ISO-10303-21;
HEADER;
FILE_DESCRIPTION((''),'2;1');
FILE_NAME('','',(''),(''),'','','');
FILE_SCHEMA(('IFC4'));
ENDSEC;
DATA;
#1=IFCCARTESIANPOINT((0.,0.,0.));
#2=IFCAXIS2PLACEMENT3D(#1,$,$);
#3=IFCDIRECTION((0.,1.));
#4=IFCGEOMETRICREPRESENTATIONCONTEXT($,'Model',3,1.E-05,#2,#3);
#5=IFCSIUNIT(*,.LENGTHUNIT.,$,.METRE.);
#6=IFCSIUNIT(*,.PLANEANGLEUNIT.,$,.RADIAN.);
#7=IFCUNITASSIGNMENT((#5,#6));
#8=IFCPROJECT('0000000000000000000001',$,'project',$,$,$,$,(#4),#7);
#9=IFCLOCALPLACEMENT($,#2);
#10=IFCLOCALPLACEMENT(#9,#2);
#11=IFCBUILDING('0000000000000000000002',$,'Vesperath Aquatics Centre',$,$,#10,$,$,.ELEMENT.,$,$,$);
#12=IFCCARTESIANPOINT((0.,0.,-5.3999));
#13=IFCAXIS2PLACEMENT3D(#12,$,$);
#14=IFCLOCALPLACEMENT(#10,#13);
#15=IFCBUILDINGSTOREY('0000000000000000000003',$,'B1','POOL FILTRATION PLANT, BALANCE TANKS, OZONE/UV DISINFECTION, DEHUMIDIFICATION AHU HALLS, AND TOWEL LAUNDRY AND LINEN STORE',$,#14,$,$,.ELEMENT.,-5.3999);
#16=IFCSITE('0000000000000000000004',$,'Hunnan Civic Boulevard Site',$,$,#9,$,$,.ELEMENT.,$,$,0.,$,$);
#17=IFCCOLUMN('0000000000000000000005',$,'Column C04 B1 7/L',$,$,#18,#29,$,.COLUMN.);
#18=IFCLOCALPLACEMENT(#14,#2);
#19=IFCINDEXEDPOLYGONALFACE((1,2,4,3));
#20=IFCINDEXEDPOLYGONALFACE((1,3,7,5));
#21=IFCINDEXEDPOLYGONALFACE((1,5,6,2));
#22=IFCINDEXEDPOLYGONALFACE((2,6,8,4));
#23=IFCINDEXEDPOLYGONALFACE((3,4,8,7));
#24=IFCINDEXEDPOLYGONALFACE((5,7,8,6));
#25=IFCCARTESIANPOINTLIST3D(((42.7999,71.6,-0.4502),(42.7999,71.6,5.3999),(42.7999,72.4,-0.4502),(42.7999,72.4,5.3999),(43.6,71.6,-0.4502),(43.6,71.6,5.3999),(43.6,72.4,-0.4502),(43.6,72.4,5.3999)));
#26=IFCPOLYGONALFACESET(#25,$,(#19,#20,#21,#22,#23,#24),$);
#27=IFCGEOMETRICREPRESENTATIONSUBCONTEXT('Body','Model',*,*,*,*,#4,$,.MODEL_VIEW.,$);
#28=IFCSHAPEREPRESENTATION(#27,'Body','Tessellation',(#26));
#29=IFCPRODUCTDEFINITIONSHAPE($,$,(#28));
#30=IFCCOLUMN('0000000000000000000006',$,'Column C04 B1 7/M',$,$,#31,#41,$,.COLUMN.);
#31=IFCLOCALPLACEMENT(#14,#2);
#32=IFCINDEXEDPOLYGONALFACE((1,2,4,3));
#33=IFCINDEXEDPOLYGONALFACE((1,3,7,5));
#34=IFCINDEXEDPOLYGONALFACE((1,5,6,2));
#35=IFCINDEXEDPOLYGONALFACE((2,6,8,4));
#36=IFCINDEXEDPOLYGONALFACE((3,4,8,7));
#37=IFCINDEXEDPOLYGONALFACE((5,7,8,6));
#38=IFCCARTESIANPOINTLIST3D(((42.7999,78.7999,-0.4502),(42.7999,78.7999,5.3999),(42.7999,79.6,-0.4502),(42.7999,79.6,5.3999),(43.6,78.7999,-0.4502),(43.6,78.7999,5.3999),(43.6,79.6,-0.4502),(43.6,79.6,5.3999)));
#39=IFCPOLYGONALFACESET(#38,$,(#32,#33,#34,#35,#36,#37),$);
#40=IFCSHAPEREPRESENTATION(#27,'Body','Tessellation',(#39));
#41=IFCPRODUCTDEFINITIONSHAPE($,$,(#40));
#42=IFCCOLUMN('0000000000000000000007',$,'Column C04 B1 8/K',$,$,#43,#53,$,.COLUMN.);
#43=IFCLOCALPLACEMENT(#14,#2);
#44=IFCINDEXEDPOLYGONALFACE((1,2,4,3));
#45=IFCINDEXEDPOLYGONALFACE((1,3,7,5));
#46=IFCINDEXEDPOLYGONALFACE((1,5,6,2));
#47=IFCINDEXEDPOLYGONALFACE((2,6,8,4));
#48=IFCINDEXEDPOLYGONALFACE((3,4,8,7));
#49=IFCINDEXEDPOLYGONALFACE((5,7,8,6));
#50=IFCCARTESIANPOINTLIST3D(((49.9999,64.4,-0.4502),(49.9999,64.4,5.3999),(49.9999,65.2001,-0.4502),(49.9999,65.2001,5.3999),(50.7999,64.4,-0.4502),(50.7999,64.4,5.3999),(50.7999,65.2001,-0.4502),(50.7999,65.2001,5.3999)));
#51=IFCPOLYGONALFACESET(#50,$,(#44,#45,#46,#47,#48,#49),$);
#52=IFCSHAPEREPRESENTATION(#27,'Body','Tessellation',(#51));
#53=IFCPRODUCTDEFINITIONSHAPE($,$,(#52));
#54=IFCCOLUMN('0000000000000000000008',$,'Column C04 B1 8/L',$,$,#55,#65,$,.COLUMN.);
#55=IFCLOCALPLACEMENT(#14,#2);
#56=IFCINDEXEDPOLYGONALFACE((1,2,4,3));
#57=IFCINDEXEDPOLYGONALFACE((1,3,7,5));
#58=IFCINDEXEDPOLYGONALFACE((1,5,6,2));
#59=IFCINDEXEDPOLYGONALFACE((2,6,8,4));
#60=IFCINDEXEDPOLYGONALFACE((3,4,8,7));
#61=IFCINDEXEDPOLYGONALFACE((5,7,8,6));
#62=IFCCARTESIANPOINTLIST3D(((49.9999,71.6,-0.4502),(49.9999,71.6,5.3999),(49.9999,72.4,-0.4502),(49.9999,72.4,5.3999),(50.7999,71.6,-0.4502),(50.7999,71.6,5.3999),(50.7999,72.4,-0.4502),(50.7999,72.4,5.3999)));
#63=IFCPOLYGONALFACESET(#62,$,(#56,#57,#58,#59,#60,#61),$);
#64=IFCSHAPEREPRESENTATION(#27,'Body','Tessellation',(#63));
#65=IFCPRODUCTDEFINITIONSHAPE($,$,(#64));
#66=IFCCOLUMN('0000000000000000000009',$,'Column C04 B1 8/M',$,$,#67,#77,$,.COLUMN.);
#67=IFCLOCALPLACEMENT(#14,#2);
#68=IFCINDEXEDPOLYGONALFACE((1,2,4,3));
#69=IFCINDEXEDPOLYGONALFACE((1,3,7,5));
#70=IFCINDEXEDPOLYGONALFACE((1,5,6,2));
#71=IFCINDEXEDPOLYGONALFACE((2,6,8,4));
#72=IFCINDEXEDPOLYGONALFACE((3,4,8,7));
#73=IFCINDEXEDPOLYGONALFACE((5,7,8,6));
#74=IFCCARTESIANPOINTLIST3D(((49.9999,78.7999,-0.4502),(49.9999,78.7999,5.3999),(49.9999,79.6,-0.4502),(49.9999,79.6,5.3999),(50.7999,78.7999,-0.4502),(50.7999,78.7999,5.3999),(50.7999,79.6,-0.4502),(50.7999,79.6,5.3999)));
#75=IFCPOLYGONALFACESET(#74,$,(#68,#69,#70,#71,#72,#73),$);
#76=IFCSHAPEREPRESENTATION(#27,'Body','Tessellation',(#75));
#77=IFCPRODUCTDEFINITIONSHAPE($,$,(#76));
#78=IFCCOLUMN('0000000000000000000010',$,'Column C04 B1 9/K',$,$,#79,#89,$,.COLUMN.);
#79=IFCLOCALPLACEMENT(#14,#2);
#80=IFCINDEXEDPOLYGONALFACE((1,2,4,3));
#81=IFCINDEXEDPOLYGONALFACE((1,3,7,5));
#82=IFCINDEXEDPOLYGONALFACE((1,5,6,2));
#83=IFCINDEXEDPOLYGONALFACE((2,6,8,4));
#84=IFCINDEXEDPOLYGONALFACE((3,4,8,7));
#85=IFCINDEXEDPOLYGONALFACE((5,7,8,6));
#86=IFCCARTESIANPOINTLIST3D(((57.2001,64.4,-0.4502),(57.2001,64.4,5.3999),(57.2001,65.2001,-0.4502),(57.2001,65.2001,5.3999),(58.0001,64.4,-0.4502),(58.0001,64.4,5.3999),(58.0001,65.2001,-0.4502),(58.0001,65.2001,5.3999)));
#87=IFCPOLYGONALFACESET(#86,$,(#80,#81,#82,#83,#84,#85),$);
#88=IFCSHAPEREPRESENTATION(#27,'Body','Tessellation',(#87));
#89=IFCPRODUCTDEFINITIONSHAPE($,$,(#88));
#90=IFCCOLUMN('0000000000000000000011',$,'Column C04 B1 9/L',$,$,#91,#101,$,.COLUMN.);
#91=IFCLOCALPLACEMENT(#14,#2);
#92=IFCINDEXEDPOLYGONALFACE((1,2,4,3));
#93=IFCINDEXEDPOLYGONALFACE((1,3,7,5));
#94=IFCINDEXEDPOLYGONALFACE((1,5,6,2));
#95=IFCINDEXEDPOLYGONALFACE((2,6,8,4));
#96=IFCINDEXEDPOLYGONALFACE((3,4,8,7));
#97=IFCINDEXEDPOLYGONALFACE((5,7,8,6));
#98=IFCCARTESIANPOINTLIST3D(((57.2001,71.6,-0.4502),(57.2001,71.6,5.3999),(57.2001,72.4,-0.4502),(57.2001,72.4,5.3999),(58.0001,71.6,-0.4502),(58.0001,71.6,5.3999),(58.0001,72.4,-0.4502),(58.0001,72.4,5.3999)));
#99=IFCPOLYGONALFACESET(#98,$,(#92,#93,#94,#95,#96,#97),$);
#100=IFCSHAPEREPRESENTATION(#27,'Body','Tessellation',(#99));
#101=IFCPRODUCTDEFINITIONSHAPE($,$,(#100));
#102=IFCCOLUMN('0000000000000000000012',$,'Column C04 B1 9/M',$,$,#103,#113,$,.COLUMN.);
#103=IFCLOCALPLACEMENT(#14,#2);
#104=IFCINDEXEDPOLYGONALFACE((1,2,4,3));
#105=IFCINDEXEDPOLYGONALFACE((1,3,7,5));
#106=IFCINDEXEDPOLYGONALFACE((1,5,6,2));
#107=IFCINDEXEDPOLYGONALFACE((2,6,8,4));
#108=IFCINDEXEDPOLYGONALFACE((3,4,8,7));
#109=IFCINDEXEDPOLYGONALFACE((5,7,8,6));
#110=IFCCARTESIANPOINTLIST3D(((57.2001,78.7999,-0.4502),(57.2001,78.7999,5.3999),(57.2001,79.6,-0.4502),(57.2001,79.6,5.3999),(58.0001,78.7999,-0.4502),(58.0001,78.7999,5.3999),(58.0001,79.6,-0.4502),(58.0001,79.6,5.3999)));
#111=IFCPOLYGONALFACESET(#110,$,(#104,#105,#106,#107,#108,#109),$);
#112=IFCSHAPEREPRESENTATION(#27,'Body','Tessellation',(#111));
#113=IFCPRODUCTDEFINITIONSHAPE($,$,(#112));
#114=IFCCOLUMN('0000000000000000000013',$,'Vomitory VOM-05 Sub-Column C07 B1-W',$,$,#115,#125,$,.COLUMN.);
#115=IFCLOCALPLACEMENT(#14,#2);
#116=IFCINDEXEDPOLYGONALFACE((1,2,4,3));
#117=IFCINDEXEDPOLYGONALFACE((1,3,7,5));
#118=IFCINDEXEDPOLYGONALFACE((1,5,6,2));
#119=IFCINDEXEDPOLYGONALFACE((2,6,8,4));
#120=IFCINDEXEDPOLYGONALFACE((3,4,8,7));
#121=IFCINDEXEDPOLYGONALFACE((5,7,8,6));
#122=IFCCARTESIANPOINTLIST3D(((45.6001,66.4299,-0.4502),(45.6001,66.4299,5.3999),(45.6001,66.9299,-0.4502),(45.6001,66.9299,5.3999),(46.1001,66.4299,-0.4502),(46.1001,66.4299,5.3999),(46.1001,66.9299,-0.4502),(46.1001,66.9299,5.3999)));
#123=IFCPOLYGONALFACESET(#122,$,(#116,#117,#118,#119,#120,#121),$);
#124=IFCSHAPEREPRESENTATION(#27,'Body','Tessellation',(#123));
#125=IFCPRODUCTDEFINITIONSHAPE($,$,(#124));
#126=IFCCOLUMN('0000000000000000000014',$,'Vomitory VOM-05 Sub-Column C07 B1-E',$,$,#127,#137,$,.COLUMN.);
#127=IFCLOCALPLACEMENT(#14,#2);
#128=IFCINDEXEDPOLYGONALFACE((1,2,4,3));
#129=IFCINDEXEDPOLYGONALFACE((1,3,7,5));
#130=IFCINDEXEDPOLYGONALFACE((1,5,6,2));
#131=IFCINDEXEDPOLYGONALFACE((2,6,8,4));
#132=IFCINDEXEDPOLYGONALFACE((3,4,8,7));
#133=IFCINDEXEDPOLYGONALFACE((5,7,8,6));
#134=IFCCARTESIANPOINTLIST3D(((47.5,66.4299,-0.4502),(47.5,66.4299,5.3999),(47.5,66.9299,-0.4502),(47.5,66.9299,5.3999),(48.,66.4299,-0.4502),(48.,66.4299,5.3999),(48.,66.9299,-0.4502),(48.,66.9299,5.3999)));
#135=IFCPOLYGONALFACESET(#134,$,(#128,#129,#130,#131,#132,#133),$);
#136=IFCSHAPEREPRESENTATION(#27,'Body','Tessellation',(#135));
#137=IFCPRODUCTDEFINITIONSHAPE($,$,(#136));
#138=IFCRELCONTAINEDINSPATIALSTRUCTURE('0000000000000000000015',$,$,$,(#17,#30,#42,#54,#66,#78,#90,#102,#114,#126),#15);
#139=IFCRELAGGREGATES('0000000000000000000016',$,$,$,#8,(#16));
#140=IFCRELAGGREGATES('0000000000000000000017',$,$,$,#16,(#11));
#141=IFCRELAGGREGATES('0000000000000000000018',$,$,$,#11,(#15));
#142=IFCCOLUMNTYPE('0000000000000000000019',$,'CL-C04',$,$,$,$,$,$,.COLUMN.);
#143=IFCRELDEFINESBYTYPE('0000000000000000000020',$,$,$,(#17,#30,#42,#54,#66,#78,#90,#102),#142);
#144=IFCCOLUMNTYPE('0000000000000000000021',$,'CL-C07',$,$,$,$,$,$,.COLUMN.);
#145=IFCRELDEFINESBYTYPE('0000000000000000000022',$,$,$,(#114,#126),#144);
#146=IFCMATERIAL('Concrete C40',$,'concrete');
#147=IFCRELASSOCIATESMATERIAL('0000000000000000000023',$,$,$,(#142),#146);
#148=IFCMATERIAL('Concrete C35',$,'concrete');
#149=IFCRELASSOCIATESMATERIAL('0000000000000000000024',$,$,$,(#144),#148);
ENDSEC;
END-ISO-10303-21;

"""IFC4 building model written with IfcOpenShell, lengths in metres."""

from ifc_helpers import new_model, si_unit, direction, frame, origin, origin_2d, place, context, subcontext, project, spatial, rectangle, extrude, material, material_profile, profile_set, type_object, element, save


model = new_model("IFC4")

# Units and contexts
model_context = context("Model", 3, precision=1e-05, world=origin(), true_north=direction((0.0, 1.0)))
body_context = subcontext(model_context, "Body", "Model", "MODEL_VIEW")
ifc_project = project(units=[si_unit("LENGTHUNIT", "METRE"), si_unit("PLANEANGLEUNIT", "RADIAN")], contexts=[model_context])

# Site, building, storey
site_placement = place(None, origin())
site = spatial("IfcSite", under=ifc_project, at=site_placement, Name="Hunnan Civic Boulevard Site", CompositionType="ELEMENT", RefElevation=0.0)
building_placement = place(site_placement, origin())
building = spatial("IfcBuilding", under=site, at=building_placement, Name="Vesperath Aquatics Centre", CompositionType="ELEMENT")
storey_placement = place(building_placement, frame((0.0, 0.0, -5.3999)))
storey = spatial("IfcBuildingStorey", under=building, at=storey_placement, Name="B1", Description="POOL FILTRATION PLANT, BALANCE TANKS, OZONE/UV DISINFECTION, DEHUMIDIFICATION AHU HALLS, AND TOWEL LAUNDRY AND LINEN STORE", CompositionType="ELEMENT", Elevation=-5.3999)

# Shared definitions
ifc_material_1 = material(Name="Concrete C40", Category="concrete")

# Shared definitions
ifc_material_2 = material(Name="Concrete C35", Category="concrete")

# Columns
ifc_material_profile_1 = material_profile(ifc_material_1, rectangle(XDim=0.8, YDim=0.8, at=origin_2d()), Name="RC 800x800")
ifc_profile_set_1 = profile_set([ifc_material_profile_1], Name="Concrete C40")
column_type_1 = type_object("IfcColumnType", Name="CL-C04", PredefinedType="COLUMN", material=ifc_profile_set_1)
for number, where, z_axis, x_axis, name in (
    (1, (43.2, 72.0, -0.4502), (0.0, 0.0, 1.0), (1.0, 0.0, 0.0), "Column C04 B1 7/L"),
    (2, (43.2, 79.2, -0.4502), (0.0, 0.0, 1.0), (1.0, 0.0, 0.0), "Column C04 B1 7/M"),
    (3, (50.3999, 64.8, -0.4502), (0.0, 0.0, 1.0), (1.0, 0.0, 0.0), "Column C04 B1 8/K"),
    (4, (50.3999, 72.0, -0.4502), (0.0, 0.0, 1.0), (1.0, 0.0, 0.0), "Column C04 B1 8/L"),
    (5, (50.3999, 79.2, -0.4502), (0.0, 0.0, 1.0), (1.0, 0.0, 0.0), "Column C04 B1 8/M"),
    (6, (57.6001, 64.8, -0.4502), (0.0, 0.0, 1.0), (1.0, 0.0, 0.0), "Column C04 B1 9/K"),
    (7, (57.6001, 72.0, -0.4502), (0.0, 0.0, 1.0), (1.0, 0.0, 0.0), "Column C04 B1 9/L"),
    (8, (57.6001, 79.2, -0.4502), (0.0, 0.0, 1.0), (1.0, 0.0, 0.0), "Column C04 B1 9/M"),
):
    element("IfcColumn", number, at=place(storey_placement, frame(where, z_axis=z_axis, x_axis=x_axis)), inside=storey, type_object=column_type_1, Name=name, PredefinedType="COLUMN", context=body_context, shape_type="SweptSolid", body=[
        extrude(rectangle(XDim=0.8, YDim=0.8, at=origin_2d()), origin(), (0.0, 0.0, 1.0), 5.8501),
    ])
ifc_material_profile_2 = material_profile(ifc_material_2, rectangle(XDim=0.5, YDim=0.5, at=origin_2d()), Name="RC 500x500")
ifc_profile_set_2 = profile_set([ifc_material_profile_2], Name="Concrete C35")
column_type_2 = type_object("IfcColumnType", Name="CL-C07", PredefinedType="COLUMN", material=ifc_profile_set_2)
for number, where, z_axis, x_axis, name in (
    (9, (45.8501, 66.6799, -0.4502), (0.0, 0.0, 1.0), (1.0, 0.0, 0.0), "Vomitory VOM-05 Sub-Column C07 B1-W"),
    (10, (47.75, 66.6799, -0.4502), (0.0, 0.0, 1.0), (1.0, 0.0, 0.0), "Vomitory VOM-05 Sub-Column C07 B1-E"),
):
    element("IfcColumn", number, at=place(storey_placement, frame(where, z_axis=z_axis, x_axis=x_axis)), inside=storey, type_object=column_type_2, Name=name, PredefinedType="COLUMN", context=body_context, shape_type="SweptSolid", body=[
        extrude(rectangle(XDim=0.5, YDim=0.5, at=origin_2d()), origin(), (0.0, 0.0, 1.0), 5.8501),
    ])

save(model, "model.ifc")
